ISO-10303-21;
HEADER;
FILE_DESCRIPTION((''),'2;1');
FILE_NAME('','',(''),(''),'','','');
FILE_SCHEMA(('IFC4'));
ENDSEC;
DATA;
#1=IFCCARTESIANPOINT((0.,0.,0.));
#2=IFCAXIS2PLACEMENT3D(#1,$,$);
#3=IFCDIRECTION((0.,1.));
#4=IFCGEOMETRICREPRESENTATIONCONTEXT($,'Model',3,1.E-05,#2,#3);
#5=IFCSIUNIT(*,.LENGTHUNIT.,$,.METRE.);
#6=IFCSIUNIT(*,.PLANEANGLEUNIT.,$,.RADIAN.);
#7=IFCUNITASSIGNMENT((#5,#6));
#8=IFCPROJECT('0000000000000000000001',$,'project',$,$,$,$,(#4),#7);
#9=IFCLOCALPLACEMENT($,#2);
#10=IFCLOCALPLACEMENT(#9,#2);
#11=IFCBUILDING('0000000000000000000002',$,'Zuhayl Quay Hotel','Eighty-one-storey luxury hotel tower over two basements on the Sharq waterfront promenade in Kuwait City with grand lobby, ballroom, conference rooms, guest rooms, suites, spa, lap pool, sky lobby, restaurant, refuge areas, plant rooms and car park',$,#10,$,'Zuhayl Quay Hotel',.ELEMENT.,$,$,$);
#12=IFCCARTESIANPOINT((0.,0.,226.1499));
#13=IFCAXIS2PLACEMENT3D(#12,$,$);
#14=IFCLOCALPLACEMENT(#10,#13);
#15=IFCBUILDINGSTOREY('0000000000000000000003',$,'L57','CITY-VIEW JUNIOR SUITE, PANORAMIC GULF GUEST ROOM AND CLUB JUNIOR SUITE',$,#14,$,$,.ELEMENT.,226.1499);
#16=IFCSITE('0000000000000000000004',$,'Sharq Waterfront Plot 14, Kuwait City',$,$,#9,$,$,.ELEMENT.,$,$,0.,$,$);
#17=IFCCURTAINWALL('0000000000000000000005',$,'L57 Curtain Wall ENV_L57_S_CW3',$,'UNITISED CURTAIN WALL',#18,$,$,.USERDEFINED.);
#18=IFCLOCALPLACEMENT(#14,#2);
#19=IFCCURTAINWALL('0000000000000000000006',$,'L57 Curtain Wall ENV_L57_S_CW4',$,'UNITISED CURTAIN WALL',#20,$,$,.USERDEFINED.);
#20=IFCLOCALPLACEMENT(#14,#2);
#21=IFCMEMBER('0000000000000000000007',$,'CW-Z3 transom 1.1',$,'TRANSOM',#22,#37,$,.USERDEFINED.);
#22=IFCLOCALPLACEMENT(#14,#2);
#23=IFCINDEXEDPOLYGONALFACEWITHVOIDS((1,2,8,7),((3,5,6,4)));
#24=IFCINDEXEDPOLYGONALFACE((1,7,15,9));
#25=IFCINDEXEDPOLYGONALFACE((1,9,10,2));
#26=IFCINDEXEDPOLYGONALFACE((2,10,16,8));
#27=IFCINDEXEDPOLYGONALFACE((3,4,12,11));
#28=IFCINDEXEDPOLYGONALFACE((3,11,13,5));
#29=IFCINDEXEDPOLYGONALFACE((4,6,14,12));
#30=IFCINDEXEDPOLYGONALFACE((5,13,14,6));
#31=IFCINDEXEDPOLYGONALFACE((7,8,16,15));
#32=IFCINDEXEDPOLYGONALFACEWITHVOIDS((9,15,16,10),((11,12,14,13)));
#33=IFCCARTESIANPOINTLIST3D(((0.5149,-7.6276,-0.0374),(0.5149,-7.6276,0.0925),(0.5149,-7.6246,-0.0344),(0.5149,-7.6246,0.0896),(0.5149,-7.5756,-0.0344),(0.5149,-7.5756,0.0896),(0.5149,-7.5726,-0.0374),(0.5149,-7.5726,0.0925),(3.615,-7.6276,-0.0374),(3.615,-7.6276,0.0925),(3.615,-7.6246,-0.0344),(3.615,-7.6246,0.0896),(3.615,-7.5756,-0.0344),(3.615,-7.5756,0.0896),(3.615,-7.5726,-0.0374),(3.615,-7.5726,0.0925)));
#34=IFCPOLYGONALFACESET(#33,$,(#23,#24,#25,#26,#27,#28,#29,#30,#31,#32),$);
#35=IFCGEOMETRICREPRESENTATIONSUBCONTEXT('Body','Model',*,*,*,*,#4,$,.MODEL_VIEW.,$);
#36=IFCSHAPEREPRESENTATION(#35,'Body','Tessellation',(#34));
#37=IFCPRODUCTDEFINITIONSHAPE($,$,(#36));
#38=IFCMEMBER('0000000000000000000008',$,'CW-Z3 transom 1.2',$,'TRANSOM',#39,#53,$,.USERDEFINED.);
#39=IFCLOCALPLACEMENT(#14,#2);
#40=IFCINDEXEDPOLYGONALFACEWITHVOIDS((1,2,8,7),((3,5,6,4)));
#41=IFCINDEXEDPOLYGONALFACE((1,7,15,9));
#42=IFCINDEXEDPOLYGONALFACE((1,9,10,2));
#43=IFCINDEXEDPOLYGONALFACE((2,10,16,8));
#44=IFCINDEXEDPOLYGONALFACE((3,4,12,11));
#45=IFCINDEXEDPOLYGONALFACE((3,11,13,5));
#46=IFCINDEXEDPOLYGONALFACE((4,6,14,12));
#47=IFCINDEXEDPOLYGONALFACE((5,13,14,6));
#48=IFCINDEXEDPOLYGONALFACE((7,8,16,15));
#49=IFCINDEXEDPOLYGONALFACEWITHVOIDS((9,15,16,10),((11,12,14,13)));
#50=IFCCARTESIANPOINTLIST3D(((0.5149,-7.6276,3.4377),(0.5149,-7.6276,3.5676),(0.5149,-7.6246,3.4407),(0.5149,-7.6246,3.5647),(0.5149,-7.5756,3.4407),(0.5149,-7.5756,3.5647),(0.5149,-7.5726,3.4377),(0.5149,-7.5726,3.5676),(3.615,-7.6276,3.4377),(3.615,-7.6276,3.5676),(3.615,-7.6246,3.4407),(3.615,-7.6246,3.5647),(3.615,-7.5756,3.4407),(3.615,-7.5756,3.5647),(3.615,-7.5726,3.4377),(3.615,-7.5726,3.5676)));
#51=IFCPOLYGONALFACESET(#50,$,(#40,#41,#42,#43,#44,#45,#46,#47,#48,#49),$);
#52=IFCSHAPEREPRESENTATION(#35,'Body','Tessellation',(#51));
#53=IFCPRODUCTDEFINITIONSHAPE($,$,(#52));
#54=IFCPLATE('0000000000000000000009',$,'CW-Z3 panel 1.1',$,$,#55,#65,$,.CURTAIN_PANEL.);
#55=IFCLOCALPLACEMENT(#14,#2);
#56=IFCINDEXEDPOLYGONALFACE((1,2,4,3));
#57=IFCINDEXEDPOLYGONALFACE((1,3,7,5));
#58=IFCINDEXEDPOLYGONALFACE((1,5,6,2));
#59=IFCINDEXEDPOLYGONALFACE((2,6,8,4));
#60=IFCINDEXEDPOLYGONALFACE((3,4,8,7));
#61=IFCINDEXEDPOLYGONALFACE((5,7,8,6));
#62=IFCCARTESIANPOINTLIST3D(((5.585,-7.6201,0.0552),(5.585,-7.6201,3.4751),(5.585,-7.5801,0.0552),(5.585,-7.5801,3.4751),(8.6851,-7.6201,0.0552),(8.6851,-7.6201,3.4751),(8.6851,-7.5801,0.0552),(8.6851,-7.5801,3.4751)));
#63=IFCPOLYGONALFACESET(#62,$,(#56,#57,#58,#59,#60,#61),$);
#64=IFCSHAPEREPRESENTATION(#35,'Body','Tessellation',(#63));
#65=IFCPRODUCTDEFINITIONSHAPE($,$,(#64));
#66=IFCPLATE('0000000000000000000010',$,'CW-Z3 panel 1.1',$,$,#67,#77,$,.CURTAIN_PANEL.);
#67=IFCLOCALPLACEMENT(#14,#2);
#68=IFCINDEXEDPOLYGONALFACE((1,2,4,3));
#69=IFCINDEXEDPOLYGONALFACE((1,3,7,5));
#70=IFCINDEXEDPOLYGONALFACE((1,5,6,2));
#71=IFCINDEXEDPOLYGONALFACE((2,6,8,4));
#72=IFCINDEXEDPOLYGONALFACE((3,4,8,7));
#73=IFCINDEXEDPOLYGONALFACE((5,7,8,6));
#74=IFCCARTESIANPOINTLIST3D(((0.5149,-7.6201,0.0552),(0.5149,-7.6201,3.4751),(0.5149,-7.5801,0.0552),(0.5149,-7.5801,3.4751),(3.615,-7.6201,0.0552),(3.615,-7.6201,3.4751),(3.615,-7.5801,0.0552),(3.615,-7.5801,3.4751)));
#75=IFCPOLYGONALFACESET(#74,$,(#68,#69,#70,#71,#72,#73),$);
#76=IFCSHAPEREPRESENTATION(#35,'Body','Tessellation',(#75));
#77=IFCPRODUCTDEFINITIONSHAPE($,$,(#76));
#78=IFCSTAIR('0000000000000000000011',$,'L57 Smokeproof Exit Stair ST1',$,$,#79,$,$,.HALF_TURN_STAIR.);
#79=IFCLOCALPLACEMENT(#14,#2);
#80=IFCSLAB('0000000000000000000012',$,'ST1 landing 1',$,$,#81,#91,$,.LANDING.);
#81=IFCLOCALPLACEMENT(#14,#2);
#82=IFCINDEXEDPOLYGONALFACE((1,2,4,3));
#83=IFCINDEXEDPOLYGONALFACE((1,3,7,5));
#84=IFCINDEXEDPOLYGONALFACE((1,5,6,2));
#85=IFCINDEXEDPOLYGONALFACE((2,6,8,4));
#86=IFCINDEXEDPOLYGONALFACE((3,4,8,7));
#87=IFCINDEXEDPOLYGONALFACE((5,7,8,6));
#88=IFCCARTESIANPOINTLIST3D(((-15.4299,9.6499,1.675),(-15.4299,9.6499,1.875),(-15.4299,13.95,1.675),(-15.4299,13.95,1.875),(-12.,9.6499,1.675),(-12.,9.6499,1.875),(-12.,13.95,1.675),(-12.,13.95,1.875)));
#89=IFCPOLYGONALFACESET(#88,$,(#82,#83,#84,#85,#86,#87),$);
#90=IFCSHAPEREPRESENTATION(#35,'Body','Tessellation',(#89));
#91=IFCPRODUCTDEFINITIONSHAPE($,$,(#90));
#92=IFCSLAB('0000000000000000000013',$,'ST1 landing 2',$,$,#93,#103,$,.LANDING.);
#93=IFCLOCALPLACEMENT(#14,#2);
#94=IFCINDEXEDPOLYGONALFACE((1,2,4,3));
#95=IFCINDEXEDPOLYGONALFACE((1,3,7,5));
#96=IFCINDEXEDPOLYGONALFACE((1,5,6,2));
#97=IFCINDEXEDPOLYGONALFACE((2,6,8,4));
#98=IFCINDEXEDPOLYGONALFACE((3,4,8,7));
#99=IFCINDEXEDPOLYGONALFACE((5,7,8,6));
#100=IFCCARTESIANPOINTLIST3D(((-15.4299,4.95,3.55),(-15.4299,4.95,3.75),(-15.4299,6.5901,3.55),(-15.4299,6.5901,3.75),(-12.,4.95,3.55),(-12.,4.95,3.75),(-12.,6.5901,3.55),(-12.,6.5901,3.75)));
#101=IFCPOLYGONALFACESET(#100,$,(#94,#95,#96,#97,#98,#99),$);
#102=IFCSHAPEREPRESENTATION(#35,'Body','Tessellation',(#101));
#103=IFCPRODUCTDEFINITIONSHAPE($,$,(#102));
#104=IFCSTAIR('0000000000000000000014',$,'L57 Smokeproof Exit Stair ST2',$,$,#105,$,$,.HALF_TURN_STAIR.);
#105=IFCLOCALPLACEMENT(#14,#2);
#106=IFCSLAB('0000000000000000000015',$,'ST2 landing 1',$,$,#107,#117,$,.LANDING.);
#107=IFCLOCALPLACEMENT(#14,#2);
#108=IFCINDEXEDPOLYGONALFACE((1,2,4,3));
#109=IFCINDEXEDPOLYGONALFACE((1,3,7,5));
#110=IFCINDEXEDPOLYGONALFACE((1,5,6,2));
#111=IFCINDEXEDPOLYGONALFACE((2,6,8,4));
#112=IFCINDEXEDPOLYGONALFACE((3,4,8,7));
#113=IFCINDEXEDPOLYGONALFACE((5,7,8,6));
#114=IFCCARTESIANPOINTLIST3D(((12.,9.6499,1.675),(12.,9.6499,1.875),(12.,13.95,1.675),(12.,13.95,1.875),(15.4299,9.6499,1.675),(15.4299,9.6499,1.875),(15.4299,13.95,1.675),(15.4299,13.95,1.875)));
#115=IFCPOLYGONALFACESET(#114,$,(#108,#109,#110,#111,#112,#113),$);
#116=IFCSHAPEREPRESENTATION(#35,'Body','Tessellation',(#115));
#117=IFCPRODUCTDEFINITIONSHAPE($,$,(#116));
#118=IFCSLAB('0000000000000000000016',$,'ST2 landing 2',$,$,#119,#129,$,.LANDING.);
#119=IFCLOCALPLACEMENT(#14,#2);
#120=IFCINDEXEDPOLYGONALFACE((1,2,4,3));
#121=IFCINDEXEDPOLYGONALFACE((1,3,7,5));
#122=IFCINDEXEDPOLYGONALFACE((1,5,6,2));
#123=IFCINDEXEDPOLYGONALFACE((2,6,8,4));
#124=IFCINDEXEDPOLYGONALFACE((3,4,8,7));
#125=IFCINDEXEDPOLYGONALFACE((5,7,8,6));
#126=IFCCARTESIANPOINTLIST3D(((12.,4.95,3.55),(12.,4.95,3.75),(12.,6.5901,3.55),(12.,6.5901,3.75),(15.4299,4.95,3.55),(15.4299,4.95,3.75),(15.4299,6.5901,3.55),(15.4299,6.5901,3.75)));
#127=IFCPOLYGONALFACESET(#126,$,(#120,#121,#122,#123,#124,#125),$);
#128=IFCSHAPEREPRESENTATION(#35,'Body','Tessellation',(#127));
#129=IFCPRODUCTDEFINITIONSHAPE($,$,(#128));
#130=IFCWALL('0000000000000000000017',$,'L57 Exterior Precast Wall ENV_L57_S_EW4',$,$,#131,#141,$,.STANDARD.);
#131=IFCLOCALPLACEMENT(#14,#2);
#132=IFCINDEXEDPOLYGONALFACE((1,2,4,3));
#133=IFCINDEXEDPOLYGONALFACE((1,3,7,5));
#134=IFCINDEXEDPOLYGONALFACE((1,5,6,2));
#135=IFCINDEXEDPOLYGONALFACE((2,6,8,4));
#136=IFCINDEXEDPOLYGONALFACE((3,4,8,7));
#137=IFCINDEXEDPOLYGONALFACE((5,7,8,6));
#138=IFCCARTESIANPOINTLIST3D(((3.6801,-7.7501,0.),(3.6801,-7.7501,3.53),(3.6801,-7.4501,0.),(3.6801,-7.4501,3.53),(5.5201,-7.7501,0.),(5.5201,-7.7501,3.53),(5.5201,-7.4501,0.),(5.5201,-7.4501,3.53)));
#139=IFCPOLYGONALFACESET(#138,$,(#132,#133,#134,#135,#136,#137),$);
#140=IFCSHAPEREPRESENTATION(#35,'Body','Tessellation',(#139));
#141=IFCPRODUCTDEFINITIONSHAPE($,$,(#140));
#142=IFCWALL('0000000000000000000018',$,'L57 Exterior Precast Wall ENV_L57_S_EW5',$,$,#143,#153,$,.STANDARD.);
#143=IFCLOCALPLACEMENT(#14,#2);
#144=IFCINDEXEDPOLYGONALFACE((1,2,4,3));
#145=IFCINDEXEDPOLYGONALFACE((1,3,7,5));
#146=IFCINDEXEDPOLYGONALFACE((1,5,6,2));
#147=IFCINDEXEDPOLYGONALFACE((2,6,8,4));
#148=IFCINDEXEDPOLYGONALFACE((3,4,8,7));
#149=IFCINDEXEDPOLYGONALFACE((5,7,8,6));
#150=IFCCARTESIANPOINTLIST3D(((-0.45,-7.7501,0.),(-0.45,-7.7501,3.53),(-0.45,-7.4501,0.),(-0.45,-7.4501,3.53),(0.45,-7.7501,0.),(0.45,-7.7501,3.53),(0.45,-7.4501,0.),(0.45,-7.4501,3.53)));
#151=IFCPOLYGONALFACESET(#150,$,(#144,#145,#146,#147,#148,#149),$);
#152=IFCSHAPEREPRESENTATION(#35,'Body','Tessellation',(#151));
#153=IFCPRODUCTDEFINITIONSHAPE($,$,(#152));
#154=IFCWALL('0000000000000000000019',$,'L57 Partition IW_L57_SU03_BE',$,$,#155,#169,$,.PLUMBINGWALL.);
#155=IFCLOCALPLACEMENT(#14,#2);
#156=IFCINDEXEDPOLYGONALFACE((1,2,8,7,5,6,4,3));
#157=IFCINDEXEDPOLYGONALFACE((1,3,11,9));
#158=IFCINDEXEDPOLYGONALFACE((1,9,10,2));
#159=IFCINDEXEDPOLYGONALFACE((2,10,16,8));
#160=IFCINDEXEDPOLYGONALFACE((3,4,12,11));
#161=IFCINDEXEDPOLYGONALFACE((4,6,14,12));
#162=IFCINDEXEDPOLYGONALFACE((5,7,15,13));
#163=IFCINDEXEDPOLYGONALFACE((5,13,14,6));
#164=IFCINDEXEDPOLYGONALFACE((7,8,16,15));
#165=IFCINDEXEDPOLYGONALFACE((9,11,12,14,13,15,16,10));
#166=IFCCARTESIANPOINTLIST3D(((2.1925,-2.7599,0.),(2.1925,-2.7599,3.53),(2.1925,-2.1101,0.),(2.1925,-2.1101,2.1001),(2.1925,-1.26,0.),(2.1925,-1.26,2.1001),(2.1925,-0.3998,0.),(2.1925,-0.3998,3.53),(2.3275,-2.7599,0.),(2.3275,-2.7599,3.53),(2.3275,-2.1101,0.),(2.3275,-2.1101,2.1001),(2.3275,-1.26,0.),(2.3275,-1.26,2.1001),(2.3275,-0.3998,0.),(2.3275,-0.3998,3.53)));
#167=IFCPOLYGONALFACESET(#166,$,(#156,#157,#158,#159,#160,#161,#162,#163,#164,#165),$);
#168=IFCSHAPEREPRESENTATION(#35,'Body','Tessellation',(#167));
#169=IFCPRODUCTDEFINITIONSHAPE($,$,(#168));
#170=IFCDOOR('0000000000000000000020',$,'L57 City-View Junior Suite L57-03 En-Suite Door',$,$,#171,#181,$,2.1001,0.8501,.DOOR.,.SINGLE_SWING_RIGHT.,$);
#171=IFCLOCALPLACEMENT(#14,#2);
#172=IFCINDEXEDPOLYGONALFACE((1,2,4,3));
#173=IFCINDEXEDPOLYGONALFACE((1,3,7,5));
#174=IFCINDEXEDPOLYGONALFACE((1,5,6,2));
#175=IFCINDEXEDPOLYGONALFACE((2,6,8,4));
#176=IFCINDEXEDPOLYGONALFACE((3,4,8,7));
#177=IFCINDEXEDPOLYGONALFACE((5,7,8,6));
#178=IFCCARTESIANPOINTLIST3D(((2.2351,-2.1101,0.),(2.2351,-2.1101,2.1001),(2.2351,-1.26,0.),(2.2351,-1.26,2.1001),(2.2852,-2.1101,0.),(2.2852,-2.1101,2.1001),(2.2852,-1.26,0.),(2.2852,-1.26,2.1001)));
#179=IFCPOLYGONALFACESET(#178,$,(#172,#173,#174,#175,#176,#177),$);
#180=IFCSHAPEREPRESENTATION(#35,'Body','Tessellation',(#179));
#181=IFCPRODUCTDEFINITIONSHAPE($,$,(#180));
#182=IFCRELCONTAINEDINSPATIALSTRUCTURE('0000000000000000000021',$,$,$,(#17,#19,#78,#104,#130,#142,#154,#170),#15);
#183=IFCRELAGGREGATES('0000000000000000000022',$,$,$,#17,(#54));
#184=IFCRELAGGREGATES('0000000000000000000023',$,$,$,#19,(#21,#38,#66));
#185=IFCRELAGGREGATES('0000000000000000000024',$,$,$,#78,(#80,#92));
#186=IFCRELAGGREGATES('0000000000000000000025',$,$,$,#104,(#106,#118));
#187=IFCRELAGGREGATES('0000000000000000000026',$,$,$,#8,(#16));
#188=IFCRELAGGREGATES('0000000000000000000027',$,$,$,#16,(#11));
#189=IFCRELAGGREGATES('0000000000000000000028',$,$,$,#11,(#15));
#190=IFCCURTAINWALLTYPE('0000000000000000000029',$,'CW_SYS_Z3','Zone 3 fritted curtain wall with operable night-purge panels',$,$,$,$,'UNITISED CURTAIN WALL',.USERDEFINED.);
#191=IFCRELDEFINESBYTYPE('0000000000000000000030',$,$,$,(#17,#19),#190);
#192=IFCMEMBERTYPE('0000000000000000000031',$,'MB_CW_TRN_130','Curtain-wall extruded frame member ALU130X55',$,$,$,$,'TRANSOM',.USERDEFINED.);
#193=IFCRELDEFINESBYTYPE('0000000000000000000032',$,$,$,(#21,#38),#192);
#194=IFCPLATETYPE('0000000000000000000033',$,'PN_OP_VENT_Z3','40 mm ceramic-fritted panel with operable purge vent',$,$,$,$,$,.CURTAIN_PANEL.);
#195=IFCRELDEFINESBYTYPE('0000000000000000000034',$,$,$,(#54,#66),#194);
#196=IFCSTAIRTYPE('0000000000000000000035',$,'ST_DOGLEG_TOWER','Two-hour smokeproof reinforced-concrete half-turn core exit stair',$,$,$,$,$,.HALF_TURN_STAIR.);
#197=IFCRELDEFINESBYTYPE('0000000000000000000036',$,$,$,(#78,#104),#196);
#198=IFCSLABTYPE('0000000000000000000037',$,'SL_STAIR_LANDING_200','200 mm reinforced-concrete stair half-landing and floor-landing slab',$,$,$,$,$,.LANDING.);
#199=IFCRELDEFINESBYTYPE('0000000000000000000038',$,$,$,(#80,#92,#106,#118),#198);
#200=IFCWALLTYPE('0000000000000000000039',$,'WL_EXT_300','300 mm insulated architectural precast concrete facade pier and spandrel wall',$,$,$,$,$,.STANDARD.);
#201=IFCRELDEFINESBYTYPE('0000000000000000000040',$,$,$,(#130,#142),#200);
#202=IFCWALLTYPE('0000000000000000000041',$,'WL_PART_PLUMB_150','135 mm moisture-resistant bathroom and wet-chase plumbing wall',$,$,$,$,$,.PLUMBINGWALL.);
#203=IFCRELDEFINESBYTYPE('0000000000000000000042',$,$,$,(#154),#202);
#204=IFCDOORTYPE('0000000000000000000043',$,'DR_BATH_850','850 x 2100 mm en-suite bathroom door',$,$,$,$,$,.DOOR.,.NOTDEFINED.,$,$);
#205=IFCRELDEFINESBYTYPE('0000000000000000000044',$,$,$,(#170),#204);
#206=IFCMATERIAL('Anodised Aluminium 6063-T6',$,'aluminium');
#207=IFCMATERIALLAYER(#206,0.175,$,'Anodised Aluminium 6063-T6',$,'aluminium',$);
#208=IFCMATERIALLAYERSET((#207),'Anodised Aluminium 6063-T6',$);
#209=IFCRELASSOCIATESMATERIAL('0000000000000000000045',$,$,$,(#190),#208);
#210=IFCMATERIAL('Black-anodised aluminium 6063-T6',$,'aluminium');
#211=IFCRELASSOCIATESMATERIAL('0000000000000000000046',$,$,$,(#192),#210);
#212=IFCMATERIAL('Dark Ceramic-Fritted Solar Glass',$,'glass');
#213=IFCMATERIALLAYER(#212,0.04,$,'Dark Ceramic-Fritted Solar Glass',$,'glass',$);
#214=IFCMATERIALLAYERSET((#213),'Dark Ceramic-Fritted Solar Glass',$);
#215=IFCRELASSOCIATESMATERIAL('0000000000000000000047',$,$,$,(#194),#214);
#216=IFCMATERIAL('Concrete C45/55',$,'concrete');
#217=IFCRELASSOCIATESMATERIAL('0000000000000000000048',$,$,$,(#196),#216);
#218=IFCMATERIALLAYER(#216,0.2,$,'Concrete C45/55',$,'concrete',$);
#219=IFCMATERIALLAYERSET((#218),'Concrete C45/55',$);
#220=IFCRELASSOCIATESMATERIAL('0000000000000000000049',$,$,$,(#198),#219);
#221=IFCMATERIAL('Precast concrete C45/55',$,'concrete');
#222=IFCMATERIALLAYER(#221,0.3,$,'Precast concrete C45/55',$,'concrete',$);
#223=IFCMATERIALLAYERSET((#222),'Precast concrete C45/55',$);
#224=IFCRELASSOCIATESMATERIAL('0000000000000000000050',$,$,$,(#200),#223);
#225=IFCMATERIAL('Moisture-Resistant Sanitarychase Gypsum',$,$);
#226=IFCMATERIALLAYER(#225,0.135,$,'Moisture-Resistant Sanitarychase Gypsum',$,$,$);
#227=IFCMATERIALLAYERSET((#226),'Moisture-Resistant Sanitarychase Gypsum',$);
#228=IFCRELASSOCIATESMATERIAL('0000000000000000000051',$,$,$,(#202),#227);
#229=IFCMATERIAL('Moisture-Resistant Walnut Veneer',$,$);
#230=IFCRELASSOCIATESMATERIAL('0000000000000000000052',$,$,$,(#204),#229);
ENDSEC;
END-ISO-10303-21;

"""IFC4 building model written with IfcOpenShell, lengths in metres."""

from ifc_helpers import new_model, si_unit, direction, frame, frame_2d, origin, origin_2d, place, context, subcontext, project, spatial, polyline, rectangle, hollow_rectangle, outline, extrude, material, layer, layer_set, material_profile, profile_set, type_object, element, fill, aggregate, save


model = new_model("IFC4")

# Units and contexts
model_context = context("Model", 3, precision=1e-05, world=origin(), true_north=direction((0.0, 1.0)))
body_context = subcontext(model_context, "Body", "Model", "MODEL_VIEW")
ifc_project = project(units=[si_unit("LENGTHUNIT", "METRE"), si_unit("PLANEANGLEUNIT", "RADIAN")], contexts=[model_context])

# Site, building, storey
site_placement = place(None, origin())
site = spatial("IfcSite", under=ifc_project, at=site_placement, Name="Sharq Waterfront Plot 14, Kuwait City", CompositionType="ELEMENT", RefElevation=0.0)
building_placement = place(site_placement, origin())
building = spatial("IfcBuilding", under=site, at=building_placement, Name="Zuhayl Quay Hotel", Description="Eighty-one-storey luxury hotel tower over two basements on the Sharq waterfront promenade in Kuwait City with grand lobby, ballroom, conference rooms, guest rooms, suites, spa, lap pool, sky lobby, restaurant, refuge areas, plant rooms and car park", LongName="Zuhayl Quay Hotel", CompositionType="ELEMENT")
storey_placement = place(building_placement, frame((0.0, 0.0, 226.1499)))
storey = spatial("IfcBuildingStorey", under=building, at=storey_placement, Name="L57", Description="CITY-VIEW JUNIOR SUITE, PANORAMIC GULF GUEST ROOM AND CLUB JUNIOR SUITE", CompositionType="ELEMENT", Elevation=226.1499)

# Curtain walls
ifc_material_1 = material(Name="Anodised Aluminium 6063-T6", Category="aluminium")
ifc_layer_1 = layer(ifc_material_1, 0.175, Name="Anodised Aluminium 6063-T6", Category="aluminium")
ifc_layer_set_1 = layer_set([ifc_layer_1], Name="Anodised Aluminium 6063-T6")
curtain_wall_type = type_object("IfcCurtainWallType", Name="CW_SYS_Z3", Description="Zone 3 fritted curtain wall with operable night-purge panels", ElementType="UNITISED CURTAIN WALL", PredefinedType="USERDEFINED", material=ifc_layer_set_1)
curtain_wall_1_placement = place(storey_placement, origin())
curtain_wall_1 = element("IfcCurtainWall", 1, at=curtain_wall_1_placement, inside=storey, type_object=curtain_wall_type, Name="L57 Curtain Wall ENV_L57_S_CW3", ObjectType="UNITISED CURTAIN WALL", PredefinedType="USERDEFINED")
ifc_material_2 = material(Name="Black-anodised aluminium 6063-T6", Category="aluminium")
curtain_wall_2_placement = place(storey_placement, origin())
curtain_wall_2 = element("IfcCurtainWall", 2, at=curtain_wall_2_placement, inside=storey, type_object=curtain_wall_type, Name="L57 Curtain Wall ENV_L57_S_CW4", ObjectType="UNITISED CURTAIN WALL", PredefinedType="USERDEFINED")

# Members
ifc_material_profile_1 = material_profile(ifc_material_2, hollow_rectangle(XDim=0.0549, YDim=0.1299, WallThickness=0.0029, at=origin_2d()), Name="ALU130X55")
ifc_profile_set_1 = profile_set([ifc_material_profile_1], Name="Black-anodised aluminium 6063-T6")
member_type_1 = type_object("IfcMemberType", Name="MB_CW_TRN_130", Description="Curtain-wall extruded frame member ALU130X55", ElementType="TRANSOM", PredefinedType="USERDEFINED", material=ifc_profile_set_1)
member_1_placement = place(storey_placement, frame((3.615, -7.6001, 0.0276), z_axis=(-1.0, 0.0, 0.0), x_axis=(0.0, -1.0, 0.0)))
member_1 = element("IfcMember", 3, at=member_1_placement, type_object=member_type_1, Name="CW-Z3 transom 1.1", ObjectType="TRANSOM", PredefinedType="USERDEFINED", context=body_context, shape_type="SweptSolid", body=[
    extrude(hollow_rectangle(XDim=0.0549, YDim=0.1299, WallThickness=0.0029, at=origin_2d()), origin(), (0.0, 0.0, 1.0), 3.1001),
])
member_2_placement = place(storey_placement, frame((3.615, -7.6001, 3.5027), z_axis=(-1.0, 0.0, 0.0), x_axis=(0.0, -1.0, 0.0)))
member_2 = element("IfcMember", 4, at=member_2_placement, type_object=member_type_1, Name="CW-Z3 transom 1.2", ObjectType="TRANSOM", PredefinedType="USERDEFINED", context=body_context, shape_type="SweptSolid", body=[
    extrude(hollow_rectangle(XDim=0.0549, YDim=0.1299, WallThickness=0.0029, at=origin_2d()), origin(), (0.0, 0.0, 1.0), 3.1001),
])

# Plates
ifc_material_3 = material(Name="Dark Ceramic-Fritted Solar Glass", Category="glass")
ifc_layer_2 = layer(ifc_material_3, 0.04, Name="Dark Ceramic-Fritted Solar Glass", Category="glass")
ifc_layer_set_2 = layer_set([ifc_layer_2], Name="Dark Ceramic-Fritted Solar Glass")
plate_type = type_object("IfcPlateType", Name="PN_OP_VENT_Z3", Description="40 mm ceramic-fritted panel with operable purge vent", PredefinedType="CURTAIN_PANEL", material=ifc_layer_set_2)
plate_1_placement = place(storey_placement, frame((7.135, -7.6001, 0.0552), z_axis=(0.0, 0.0, 1.0), x_axis=(-1.0, 0.0, 0.0)))
plate_1 = element("IfcPlate", 5, at=plate_1_placement, type_object=plate_type, Name="CW-Z3 panel 1.1", PredefinedType="CURTAIN_PANEL", context=body_context, shape_type="SweptSolid", body=[
    extrude(rectangle(XDim=3.1001, YDim=0.04, at=origin_2d()), origin(), (0.0, 0.0, 1.0), 3.4199),
])
aggregate(curtain_wall_1, [plate_1])
plate_2_placement = place(storey_placement, frame((2.0649, -7.6001, 0.0552), z_axis=(0.0, 0.0, 1.0), x_axis=(-1.0, 0.0, 0.0)))
plate_2 = element("IfcPlate", 6, at=plate_2_placement, type_object=plate_type, Name="CW-Z3 panel 1.1", PredefinedType="CURTAIN_PANEL", context=body_context, shape_type="SweptSolid", body=[
    extrude(rectangle(XDim=3.1001, YDim=0.04, at=origin_2d()), origin(), (0.0, 0.0, 1.0), 3.4199),
])
aggregate(curtain_wall_2, [member_1, member_2, plate_2])

# Stairs, slabs
ifc_material_4 = material(Name="Concrete C45/55", Category="concrete")
stair_type = type_object("IfcStairType", Name="ST_DOGLEG_TOWER", Description="Two-hour smokeproof reinforced-concrete half-turn core exit stair", PredefinedType="HALF_TURN_STAIR", material=ifc_material_4)
stair_1_placement = place(storey_placement, origin())
stair_1 = element("IfcStair", 7, at=stair_1_placement, inside=storey, type_object=stair_type, Name="L57 Smokeproof Exit Stair ST1", PredefinedType="HALF_TURN_STAIR")
ifc_layer_3 = layer(ifc_material_4, 0.2, Name="Concrete C45/55", Category="concrete")
ifc_layer_set_3 = layer_set([ifc_layer_3], Name="Concrete C45/55")
slab_type = type_object("IfcSlabType", Name="SL_STAIR_LANDING_200", Description="200 mm reinforced-concrete stair half-landing and floor-landing slab", PredefinedType="LANDING", material=ifc_layer_set_3)
slab_1_placement = place(storey_placement, frame((0.0, 0.0, 1.675)))
slab_1 = element("IfcSlab", 8, at=slab_1_placement, type_object=slab_type, Name="ST1 landing 1", PredefinedType="LANDING", context=body_context, shape_type="SweptSolid", body=[
    extrude(outline(polyline([(-12.0, 9.6499), (-12.0, 13.95), (-15.4299, 13.95), (-15.4299, 9.6499), (-12.0, 9.6499)])), origin(), (0.0, 0.0, 1.0), 0.2),
])
slab_2_placement = place(storey_placement, frame((0.0, 0.0, 3.55)))
slab_2 = element("IfcSlab", 9, at=slab_2_placement, type_object=slab_type, Name="ST1 landing 2", PredefinedType="LANDING", context=body_context, shape_type="SweptSolid", body=[
    extrude(outline(polyline([(-12.0, 4.95), (-12.0, 6.5901), (-15.4299, 6.5901), (-15.4299, 4.95), (-12.0, 4.95)])), origin(), (0.0, 0.0, 1.0), 0.2),
])
aggregate(stair_1, [slab_1, slab_2])
stair_2_placement = place(storey_placement, origin())
stair_2 = element("IfcStair", 10, at=stair_2_placement, inside=storey, type_object=stair_type, Name="L57 Smokeproof Exit Stair ST2", PredefinedType="HALF_TURN_STAIR")
slab_3_placement = place(storey_placement, frame((0.0, 0.0, 1.675)))
slab_3 = element("IfcSlab", 11, at=slab_3_placement, type_object=slab_type, Name="ST2 landing 1", PredefinedType="LANDING", context=body_context, shape_type="SweptSolid", body=[
    extrude(outline(polyline([(15.4299, 9.6499), (15.4299, 13.95), (12.0, 13.95), (12.0, 9.6499), (15.4299, 9.6499)])), origin(), (0.0, 0.0, 1.0), 0.2),
])
slab_4_placement = place(storey_placement, frame((0.0, 0.0, 3.55)))
slab_4 = element("IfcSlab", 12, at=slab_4_placement, type_object=slab_type, Name="ST2 landing 2", PredefinedType="LANDING", context=body_context, shape_type="SweptSolid", body=[
    extrude(outline(polyline([(15.4299, 4.95), (15.4299, 6.5901), (12.0, 6.5901), (12.0, 4.95), (15.4299, 4.95)])), origin(), (0.0, 0.0, 1.0), 0.2),
])
aggregate(stair_2, [slab_3, slab_4])

# Walls
ifc_material_5 = material(Name="Precast concrete C45/55", Category="concrete")
ifc_layer_4 = layer(ifc_material_5, 0.3, Name="Precast concrete C45/55", Category="concrete")
ifc_layer_set_4 = layer_set([ifc_layer_4], Name="Precast concrete C45/55")
wall_type_1 = type_object("IfcWallType", Name="WL_EXT_300", Description="300 mm insulated architectural precast concrete facade pier and spandrel wall", PredefinedType="STANDARD", material=ifc_layer_set_4)
wall_1_placement = place(storey_placement, frame((5.52, -7.6001, 0.0), z_axis=(0.0, 0.0, 1.0), x_axis=(-1.0, 0.0, 0.0)))
element("IfcWall", 13, at=wall_1_placement, inside=storey, type_object=wall_type_1, Name="L57 Exterior Precast Wall ENV_L57_S_EW4", PredefinedType="STANDARD", context=body_context, shape_type="SweptSolid", body=[
    extrude(rectangle(XDim=1.8401, YDim=0.3, at=frame_2d((0.9199, 0.0))), origin(), (0.0, 0.0, 1.0), 3.53),
])
wall_2_placement = place(storey_placement, frame((0.45, -7.6001, 0.0), z_axis=(0.0, 0.0, 1.0), x_axis=(-1.0, 0.0, 0.0)))
element("IfcWall", 14, at=wall_2_placement, inside=storey, type_object=wall_type_1, Name="L57 Exterior Precast Wall ENV_L57_S_EW5", PredefinedType="STANDARD", context=body_context, shape_type="SweptSolid", body=[
    extrude(rectangle(XDim=0.8999, YDim=0.3, at=frame_2d((0.45, 0.0))), origin(), (0.0, 0.0, 1.0), 3.53),
])

# Wall, opening, door
ifc_material_6 = material(Name="Moisture-Resistant Sanitarychase Gypsum")
ifc_layer_5 = layer(ifc_material_6, 0.135, Name="Moisture-Resistant Sanitarychase Gypsum")
ifc_layer_set_5 = layer_set([ifc_layer_5], Name="Moisture-Resistant Sanitarychase Gypsum")
wall_type_2 = type_object("IfcWallType", Name="WL_PART_PLUMB_150", Description="135 mm moisture-resistant bathroom and wet-chase plumbing wall", PredefinedType="PLUMBINGWALL", material=ifc_layer_set_5)
wall_3_placement = place(storey_placement, frame((2.26, -2.76, 0.0), z_axis=(0.0, 0.0, 1.0), x_axis=(0.0, 1.0, 0.0)))
wall_3 = element("IfcWall", 15, at=wall_3_placement, inside=storey, type_object=wall_type_2, Name="L57 Partition IW_L57_SU03_BE", PredefinedType="PLUMBINGWALL", context=body_context, shape_type="SweptSolid", body=[
    extrude(rectangle(XDim=2.3601, YDim=0.135, at=frame_2d((1.1802, 0.0))), origin(), (0.0, 0.0, 1.0), 3.53),
])
opening_placement = place(wall_3_placement, frame((0.6499, 0.0, 0.0)))
opening = element("IfcOpeningElement", 16, at=opening_placement, cuts=wall_3, PredefinedType="OPENING", context=body_context, shape_type="SweptSolid", body=[
    extrude(rectangle(XDim=0.8501, YDim=2.1001, at=frame_2d((0.425, 1.05))), frame((0.0, 0.0774, 0.0), z_axis=(0.0, -1.0, 0.0), x_axis=(1.0, 0.0, 0.0)), (0.0, 0.0, 1.0), 0.155),
])
ifc_material_7 = material(Name="Moisture-Resistant Walnut Veneer")
door_type = type_object("IfcDoorType", Name="DR_BATH_850", Description="850 x 2100 mm en-suite bathroom door", OperationType="NOTDEFINED", PredefinedType="DOOR", material=ifc_material_7)
door_placement = place(opening_placement, origin())
door = element("IfcDoor", 17, at=door_placement, inside=storey, type_object=door_type, Name="L57 City-View Junior Suite L57-03 En-Suite Door", OperationType="SINGLE_SWING_RIGHT", OverallHeight=2.1001, OverallWidth=0.8501, PredefinedType="DOOR", context=body_context, shape_type="SweptSolid", body=[
    extrude(rectangle(XDim=0.8501, YDim=2.1001, at=frame_2d((0.425, 1.05))), frame((0.0, 0.0249, 0.0), z_axis=(0.0, -1.0, 0.0), x_axis=(1.0, 0.0, 0.0)), (0.0, 0.0, 1.0), 0.05),
])
fill(opening, door)

save(model, "model.ifc")
